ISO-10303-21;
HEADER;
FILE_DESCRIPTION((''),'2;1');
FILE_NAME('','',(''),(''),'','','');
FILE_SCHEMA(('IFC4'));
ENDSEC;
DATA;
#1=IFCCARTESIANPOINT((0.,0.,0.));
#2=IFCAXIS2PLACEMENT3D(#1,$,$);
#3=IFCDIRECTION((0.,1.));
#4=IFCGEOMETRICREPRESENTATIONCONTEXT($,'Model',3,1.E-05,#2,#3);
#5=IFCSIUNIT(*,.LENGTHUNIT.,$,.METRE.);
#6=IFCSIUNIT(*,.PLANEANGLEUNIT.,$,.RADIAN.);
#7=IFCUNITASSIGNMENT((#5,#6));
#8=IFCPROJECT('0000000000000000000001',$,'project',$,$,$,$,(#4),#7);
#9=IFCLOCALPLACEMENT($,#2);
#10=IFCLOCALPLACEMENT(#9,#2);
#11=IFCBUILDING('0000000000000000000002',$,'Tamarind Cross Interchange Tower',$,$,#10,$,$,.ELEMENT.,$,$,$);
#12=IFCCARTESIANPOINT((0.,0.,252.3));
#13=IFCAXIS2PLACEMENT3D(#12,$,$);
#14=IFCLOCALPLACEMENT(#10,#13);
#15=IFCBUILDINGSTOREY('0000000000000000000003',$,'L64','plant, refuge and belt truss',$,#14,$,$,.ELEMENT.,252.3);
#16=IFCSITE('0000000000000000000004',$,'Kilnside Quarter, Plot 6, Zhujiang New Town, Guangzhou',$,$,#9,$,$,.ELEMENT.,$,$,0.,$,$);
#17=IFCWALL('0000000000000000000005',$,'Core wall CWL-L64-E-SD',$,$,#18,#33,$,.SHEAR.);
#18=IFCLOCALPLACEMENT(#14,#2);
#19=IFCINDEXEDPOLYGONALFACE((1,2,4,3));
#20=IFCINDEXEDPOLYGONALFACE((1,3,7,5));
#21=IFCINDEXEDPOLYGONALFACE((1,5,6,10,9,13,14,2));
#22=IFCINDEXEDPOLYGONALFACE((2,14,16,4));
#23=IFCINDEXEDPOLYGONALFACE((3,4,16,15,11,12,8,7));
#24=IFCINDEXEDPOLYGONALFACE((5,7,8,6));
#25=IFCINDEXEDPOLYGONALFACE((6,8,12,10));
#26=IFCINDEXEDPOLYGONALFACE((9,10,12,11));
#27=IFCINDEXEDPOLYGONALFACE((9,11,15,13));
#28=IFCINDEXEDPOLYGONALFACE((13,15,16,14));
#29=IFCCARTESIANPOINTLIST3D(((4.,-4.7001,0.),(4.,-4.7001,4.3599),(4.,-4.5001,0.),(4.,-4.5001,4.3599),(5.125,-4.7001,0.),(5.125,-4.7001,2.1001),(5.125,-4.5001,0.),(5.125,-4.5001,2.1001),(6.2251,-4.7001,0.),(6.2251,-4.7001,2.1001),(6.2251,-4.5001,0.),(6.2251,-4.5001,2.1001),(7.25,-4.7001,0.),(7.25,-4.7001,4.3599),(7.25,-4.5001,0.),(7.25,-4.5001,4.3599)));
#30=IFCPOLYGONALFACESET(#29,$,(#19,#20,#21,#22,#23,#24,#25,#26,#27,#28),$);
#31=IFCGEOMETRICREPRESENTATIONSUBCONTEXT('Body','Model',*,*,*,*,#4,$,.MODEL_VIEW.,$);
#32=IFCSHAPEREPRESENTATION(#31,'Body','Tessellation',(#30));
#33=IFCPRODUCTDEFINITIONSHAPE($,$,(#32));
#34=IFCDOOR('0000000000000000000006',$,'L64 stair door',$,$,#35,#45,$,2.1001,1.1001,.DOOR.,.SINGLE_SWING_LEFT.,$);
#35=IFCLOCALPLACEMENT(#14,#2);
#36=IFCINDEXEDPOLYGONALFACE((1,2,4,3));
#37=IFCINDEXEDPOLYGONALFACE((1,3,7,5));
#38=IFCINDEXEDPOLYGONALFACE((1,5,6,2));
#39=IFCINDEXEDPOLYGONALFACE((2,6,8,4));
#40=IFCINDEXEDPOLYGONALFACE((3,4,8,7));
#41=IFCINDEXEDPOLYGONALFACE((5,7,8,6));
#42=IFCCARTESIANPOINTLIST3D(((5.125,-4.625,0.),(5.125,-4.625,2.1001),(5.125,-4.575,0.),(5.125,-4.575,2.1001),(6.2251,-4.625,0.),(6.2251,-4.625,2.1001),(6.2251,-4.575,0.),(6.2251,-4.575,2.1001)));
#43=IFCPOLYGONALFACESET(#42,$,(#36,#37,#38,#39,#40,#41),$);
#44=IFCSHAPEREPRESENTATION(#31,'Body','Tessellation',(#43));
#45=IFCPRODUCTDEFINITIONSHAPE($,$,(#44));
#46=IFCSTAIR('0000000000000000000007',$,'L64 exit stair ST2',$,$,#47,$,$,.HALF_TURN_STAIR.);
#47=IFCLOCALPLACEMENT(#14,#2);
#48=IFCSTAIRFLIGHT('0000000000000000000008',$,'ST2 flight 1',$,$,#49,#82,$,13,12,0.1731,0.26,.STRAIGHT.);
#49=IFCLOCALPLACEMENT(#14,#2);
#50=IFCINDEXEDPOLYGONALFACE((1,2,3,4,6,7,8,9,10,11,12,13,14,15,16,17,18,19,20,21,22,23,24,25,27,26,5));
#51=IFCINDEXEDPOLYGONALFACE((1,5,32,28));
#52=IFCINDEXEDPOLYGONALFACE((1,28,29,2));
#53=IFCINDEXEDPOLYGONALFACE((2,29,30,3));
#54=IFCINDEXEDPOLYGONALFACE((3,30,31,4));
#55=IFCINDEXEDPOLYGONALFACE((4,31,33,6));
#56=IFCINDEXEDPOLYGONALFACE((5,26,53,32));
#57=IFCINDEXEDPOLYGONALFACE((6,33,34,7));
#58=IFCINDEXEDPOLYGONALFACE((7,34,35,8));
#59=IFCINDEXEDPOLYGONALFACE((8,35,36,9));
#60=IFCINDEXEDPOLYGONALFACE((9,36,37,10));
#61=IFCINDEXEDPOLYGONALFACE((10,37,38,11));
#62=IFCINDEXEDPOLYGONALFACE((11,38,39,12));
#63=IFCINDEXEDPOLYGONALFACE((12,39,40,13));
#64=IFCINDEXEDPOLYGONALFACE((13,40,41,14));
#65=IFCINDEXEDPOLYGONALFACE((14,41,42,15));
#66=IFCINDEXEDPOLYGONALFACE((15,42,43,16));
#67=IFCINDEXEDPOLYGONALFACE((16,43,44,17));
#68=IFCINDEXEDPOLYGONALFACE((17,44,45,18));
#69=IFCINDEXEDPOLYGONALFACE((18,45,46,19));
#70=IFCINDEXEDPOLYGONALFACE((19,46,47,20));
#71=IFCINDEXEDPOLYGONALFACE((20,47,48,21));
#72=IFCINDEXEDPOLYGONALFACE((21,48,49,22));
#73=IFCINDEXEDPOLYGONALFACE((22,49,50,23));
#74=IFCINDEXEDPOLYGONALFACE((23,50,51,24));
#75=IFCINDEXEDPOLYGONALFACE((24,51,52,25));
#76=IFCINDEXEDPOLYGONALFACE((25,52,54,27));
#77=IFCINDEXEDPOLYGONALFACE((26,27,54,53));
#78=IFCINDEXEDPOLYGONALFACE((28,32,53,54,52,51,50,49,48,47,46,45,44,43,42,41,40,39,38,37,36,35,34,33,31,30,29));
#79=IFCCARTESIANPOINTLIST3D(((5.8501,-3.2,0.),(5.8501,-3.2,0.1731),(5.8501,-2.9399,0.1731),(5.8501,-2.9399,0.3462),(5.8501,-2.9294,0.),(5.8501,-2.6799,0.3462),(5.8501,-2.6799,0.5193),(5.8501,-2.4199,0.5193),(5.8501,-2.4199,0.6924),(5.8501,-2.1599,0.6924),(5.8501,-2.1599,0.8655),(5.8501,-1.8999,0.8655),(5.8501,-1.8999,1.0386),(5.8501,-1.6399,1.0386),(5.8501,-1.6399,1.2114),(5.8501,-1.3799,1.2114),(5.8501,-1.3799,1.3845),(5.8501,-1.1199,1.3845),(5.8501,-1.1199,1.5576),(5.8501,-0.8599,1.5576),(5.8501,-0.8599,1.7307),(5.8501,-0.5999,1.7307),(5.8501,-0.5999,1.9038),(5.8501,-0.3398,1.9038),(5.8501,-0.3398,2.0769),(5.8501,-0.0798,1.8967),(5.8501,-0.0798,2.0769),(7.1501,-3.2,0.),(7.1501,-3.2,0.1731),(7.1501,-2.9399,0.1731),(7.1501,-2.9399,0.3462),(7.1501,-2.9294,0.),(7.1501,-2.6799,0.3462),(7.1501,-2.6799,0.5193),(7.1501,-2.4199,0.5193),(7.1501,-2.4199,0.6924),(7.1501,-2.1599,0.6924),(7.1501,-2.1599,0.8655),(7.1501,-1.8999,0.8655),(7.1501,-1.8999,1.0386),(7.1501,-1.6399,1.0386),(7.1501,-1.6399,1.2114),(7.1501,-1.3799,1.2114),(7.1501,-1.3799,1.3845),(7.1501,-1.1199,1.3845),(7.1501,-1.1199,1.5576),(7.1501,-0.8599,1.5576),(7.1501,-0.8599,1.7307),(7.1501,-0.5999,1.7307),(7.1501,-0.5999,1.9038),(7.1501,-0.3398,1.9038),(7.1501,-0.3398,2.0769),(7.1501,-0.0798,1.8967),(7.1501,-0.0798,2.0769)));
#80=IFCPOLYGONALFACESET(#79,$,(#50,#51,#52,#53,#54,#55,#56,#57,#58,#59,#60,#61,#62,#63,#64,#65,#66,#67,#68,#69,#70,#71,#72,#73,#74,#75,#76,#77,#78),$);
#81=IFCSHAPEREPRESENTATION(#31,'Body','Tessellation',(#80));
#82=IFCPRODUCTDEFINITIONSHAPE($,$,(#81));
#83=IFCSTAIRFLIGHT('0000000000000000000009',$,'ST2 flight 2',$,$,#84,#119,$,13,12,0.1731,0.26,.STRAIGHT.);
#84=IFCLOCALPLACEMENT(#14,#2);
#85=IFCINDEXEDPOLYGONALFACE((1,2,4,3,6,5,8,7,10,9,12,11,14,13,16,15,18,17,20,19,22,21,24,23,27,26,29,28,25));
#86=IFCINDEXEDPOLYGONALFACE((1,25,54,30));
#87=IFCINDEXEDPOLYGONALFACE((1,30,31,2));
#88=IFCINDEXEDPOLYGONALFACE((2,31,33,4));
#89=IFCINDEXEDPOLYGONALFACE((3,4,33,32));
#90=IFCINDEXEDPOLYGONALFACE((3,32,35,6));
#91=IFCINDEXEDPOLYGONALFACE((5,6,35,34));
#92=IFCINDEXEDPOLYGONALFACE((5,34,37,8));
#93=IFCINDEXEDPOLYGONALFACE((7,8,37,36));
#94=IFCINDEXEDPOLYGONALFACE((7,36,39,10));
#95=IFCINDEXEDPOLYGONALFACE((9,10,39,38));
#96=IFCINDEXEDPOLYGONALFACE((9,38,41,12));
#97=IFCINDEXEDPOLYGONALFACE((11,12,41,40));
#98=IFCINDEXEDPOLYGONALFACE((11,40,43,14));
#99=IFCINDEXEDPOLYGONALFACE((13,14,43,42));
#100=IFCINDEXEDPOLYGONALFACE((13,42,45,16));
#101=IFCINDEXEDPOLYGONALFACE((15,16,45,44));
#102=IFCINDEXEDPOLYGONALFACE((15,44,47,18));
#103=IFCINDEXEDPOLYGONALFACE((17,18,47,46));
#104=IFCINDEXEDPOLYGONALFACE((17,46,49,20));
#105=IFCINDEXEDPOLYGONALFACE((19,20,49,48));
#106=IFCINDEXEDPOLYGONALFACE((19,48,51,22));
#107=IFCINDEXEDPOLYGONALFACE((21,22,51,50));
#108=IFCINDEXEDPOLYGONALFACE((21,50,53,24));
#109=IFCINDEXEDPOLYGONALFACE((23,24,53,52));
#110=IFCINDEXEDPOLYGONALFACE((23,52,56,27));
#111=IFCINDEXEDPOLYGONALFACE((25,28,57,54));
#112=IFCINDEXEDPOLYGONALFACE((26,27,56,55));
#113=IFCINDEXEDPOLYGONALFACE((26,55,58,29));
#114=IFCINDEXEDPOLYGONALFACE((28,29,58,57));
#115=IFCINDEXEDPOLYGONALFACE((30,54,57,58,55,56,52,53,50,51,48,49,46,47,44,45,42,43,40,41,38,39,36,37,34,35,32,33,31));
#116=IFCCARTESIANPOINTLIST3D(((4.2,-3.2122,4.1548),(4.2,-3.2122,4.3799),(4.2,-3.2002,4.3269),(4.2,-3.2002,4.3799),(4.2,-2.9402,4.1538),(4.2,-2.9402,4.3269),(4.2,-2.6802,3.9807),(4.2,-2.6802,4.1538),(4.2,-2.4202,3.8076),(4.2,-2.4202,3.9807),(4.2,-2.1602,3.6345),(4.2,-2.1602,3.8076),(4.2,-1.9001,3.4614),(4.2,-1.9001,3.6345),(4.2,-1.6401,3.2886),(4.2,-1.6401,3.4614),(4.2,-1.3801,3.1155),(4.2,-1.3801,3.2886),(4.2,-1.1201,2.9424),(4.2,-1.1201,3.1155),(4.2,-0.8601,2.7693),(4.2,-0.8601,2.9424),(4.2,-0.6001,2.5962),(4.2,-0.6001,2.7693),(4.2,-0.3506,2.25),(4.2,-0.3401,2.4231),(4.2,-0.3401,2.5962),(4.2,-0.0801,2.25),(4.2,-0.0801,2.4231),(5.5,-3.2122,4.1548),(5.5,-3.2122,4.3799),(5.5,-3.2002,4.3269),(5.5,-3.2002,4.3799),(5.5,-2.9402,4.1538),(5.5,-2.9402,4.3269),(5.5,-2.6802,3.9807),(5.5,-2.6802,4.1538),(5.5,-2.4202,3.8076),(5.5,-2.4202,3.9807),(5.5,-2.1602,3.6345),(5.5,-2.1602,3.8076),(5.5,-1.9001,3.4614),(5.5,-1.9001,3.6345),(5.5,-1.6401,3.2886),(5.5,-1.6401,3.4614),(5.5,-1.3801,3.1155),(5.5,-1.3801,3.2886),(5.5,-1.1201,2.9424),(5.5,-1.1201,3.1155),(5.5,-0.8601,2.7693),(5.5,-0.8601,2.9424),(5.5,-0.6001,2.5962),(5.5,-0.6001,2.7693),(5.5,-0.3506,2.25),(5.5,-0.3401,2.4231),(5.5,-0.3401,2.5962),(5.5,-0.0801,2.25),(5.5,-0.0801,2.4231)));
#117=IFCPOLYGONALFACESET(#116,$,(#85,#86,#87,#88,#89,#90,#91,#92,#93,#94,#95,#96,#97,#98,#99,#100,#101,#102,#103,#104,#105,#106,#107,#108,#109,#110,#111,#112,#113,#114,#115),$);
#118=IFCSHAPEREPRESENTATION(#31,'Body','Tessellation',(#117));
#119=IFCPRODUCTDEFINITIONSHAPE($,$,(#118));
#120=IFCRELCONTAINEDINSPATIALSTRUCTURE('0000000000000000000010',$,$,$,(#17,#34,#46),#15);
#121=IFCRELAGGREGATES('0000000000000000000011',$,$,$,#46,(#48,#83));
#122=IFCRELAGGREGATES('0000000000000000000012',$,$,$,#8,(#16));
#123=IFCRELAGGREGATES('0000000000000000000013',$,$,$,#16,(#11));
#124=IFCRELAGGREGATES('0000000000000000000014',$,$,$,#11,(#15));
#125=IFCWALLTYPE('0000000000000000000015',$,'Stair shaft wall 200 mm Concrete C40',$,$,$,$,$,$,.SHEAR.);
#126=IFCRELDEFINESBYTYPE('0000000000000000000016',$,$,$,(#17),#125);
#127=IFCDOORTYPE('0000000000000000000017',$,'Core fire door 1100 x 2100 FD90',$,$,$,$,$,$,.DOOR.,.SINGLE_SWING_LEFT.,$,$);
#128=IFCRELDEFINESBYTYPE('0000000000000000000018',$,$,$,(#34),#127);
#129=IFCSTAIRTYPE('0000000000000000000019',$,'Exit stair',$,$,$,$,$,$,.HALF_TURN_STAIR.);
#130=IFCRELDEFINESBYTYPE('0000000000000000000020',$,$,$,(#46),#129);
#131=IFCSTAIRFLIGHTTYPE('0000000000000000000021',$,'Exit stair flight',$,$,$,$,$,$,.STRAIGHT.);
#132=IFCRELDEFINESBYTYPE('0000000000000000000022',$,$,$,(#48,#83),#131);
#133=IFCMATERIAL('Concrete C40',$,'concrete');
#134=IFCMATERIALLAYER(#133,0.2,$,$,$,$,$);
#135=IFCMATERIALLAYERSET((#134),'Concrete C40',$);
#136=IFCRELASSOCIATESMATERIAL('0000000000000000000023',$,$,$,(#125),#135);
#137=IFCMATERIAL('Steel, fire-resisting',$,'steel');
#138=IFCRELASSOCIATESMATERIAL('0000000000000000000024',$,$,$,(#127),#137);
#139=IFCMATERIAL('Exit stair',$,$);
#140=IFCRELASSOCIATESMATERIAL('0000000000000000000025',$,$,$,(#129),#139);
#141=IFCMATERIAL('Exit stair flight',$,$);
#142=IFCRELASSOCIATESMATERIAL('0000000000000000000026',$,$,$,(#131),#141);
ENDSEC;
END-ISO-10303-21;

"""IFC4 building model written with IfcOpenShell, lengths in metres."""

from ifc_helpers import new_model, si_unit, direction, frame, frame_2d, origin, place, context, subcontext, project, spatial, polyline, rectangle, outline, extrude, material, layer, layer_set, type_object, element, fill, aggregate, save


model = new_model("IFC4")

# Units and contexts
model_context = context("Model", 3, precision=1e-05, world=origin(), true_north=direction((0.0, 1.0)))
body_context = subcontext(model_context, "Body", "Model", "MODEL_VIEW")
ifc_project = project(units=[si_unit("LENGTHUNIT", "METRE"), si_unit("PLANEANGLEUNIT", "RADIAN")], contexts=[model_context])

# Site, building, storey
site_placement = place(None, origin())
site = spatial("IfcSite", under=ifc_project, at=site_placement, Name="Kilnside Quarter, Plot 6, Zhujiang New Town, Guangzhou", CompositionType="ELEMENT", RefElevation=0.0)
building_placement = place(site_placement, origin())
building = spatial("IfcBuilding", under=site, at=building_placement, Name="Tamarind Cross Interchange Tower", CompositionType="ELEMENT")
storey_placement = place(building_placement, frame((0.0, 0.0, 252.3)))
storey = spatial("IfcBuildingStorey", under=building, at=storey_placement, Name="L64", Description="plant, refuge and belt truss", CompositionType="ELEMENT", Elevation=252.3)

# Shared definitions
ifc_material_1 = material(Name="Concrete C40", Category="concrete")

# Shared definitions
ifc_material_2 = material(Name="Steel, fire-resisting", Category="steel")

# Wall, opening, door
ifc_layer_1 = layer(ifc_material_1, 0.2)
ifc_layer_set_1 = layer_set([ifc_layer_1], Name="Concrete C40")
wall_type_1 = type_object("IfcWallType", Name="Stair shaft wall 200 mm Concrete C40", PredefinedType="SHEAR", material=ifc_layer_set_1)
wall_1_placement = place(storey_placement, frame((7.25, -4.6001, 0.0), z_axis=(0.0, 0.0, 1.0), x_axis=(-1.0, 0.0, 0.0)))
wall_1 = element("IfcWall", 1, at=wall_1_placement, inside=storey, type_object=wall_type_1, Name="Core wall CWL-L64-E-SD", PredefinedType="SHEAR", context=body_context, shape_type="SweptSolid", body=[
    extrude(rectangle(XDim=3.25, YDim=0.2, at=frame_2d((1.625, 0.0))), origin(), (0.0, 0.0, 1.0), 4.3599),
])
opening_1_placement = place(wall_1_placement, frame((1.0249, 0.0, 0.0)))
opening_1 = element("IfcOpeningElement", 2, at=opening_1_placement, cuts=wall_1, PredefinedType="OPENING", context=body_context, shape_type="SweptSolid", body=[
    extrude(rectangle(XDim=1.1001, YDim=2.1001, at=frame_2d((0.55, 1.05))), frame((0.0, 0.1099, 0.0), z_axis=(0.0, -1.0, 0.0), x_axis=(1.0, 0.0, 0.0)), (0.0, 0.0, 1.0), 0.22),
])
door_type_1 = type_object("IfcDoorType", Name="Core fire door 1100 x 2100 FD90", OperationType="SINGLE_SWING_LEFT", PredefinedType="DOOR", material=ifc_material_2)
door_1_placement = place(opening_1_placement, origin())
door_1 = element("IfcDoor", 3, at=door_1_placement, inside=storey, type_object=door_type_1, Name="L64 stair door", OperationType="SINGLE_SWING_LEFT", OverallHeight=2.1001, OverallWidth=1.1001, PredefinedType="DOOR", context=body_context, shape_type="SweptSolid", body=[
    extrude(rectangle(XDim=1.1001, YDim=2.1001, at=frame_2d((0.55, 1.05))), frame((0.0, 0.0249, 0.0), z_axis=(0.0, -1.0, 0.0), x_axis=(1.0, 0.0, 0.0)), (0.0, 0.0, 1.0), 0.05),
])
fill(opening_1, door_1)

# Stair, stair flights
ifc_material_3 = material(Name="Exit stair")
stair_type = type_object("IfcStairType", Name="Exit stair", PredefinedType="HALF_TURN_STAIR", material=ifc_material_3)
stair_placement = place(storey_placement, origin())
stair = element("IfcStair", 4, at=stair_placement, inside=storey, type_object=stair_type, Name="L64 exit stair ST2", PredefinedType="HALF_TURN_STAIR")
ifc_material_4 = material(Name="Exit stair flight")
stair_flight_type = type_object("IfcStairFlightType", Name="Exit stair flight", PredefinedType="STRAIGHT", material=ifc_material_4)
stair_flight_1_placement = place(storey_placement, frame((6.5, -3.2, 0.0), z_axis=(0.0, 0.0, 1.0), x_axis=(0.0, 1.0, 0.0)))
stair_flight_1 = element("IfcStairFlight", 5, at=stair_flight_1_placement, type_object=stair_flight_type, Name="ST2 flight 1", NumberOfRisers=13, NumberOfTreads=12, PredefinedType="STRAIGHT", RiserHeight=0.1731, TreadLength=0.26, context=body_context, shape_type="SweptSolid", body=[
    extrude(outline(polyline([(0.0, 0.0), (0.0, 0.1731), (0.26, 0.1731), (0.26, 0.3462), (0.52, 0.3462), (0.52, 0.5193), (0.78, 0.5193), (0.78, 0.6924), (1.04, 0.6924), (1.04, 0.8655), (1.3, 0.8655), (1.3, 1.0386), (1.5601, 1.0386), (1.5601, 1.2114), (1.8201, 1.2114), (1.8201, 1.3845), (2.0801, 1.3845), (2.0801, 1.5576), (2.3401, 1.5576), (2.3401, 1.7307), (2.6001, 1.7307), (2.6001, 1.9038), (2.8601, 1.9038), (2.8601, 2.0769), (3.1201, 2.0769), (3.1201, 2.25), (3.1201, 1.8967), (0.2705, 0.0), (0.0, 0.0)])), frame((0.0, 0.6499, 0.0), z_axis=(0.0, -1.0, 0.0), x_axis=(1.0, 0.0, 0.0)), (0.0, 0.0, 1.0), 1.3),
])
stair_flight_2_placement = place(storey_placement, frame((4.8501, -0.0801, 2.25), z_axis=(0.0, 0.0, 1.0), x_axis=(0.0, -1.0, 0.0)))
stair_flight_2 = element("IfcStairFlight", 6, at=stair_flight_2_placement, type_object=stair_flight_type, Name="ST2 flight 2", NumberOfRisers=13, NumberOfTreads=12, PredefinedType="STRAIGHT", RiserHeight=0.1731, TreadLength=0.26, context=body_context, shape_type="SweptSolid", body=[
    extrude(outline(polyline([(0.0, 0.0), (0.0, 0.1731), (0.26, 0.1731), (0.26, 0.3462), (0.52, 0.3462), (0.52, 0.5193), (0.78, 0.5193), (0.78, 0.6924), (1.04, 0.6924), (1.04, 0.8655), (1.3, 0.8655), (1.3, 1.0386), (1.5601, 1.0386), (1.5601, 1.2114), (1.8201, 1.2114), (1.8201, 1.3845), (2.0801, 1.3845), (2.0801, 1.5576), (2.3401, 1.5576), (2.3401, 1.7307), (2.6001, 1.7307), (2.6001, 1.9038), (2.8601, 1.9038), (2.8601, 2.0769), (3.1201, 2.0769), (3.1201, 2.1299), (3.1321, 2.1299), (3.1321, 1.9048), (0.2705, 0.0), (0.0, 0.0)])), frame((0.0, 0.6499, 0.0), z_axis=(0.0, -1.0, 0.0), x_axis=(1.0, 0.0, 0.0)), (0.0, 0.0, 1.0), 1.3),
])
aggregate(stair, [stair_flight_1, stair_flight_2])

save(model, "model.ifc")
